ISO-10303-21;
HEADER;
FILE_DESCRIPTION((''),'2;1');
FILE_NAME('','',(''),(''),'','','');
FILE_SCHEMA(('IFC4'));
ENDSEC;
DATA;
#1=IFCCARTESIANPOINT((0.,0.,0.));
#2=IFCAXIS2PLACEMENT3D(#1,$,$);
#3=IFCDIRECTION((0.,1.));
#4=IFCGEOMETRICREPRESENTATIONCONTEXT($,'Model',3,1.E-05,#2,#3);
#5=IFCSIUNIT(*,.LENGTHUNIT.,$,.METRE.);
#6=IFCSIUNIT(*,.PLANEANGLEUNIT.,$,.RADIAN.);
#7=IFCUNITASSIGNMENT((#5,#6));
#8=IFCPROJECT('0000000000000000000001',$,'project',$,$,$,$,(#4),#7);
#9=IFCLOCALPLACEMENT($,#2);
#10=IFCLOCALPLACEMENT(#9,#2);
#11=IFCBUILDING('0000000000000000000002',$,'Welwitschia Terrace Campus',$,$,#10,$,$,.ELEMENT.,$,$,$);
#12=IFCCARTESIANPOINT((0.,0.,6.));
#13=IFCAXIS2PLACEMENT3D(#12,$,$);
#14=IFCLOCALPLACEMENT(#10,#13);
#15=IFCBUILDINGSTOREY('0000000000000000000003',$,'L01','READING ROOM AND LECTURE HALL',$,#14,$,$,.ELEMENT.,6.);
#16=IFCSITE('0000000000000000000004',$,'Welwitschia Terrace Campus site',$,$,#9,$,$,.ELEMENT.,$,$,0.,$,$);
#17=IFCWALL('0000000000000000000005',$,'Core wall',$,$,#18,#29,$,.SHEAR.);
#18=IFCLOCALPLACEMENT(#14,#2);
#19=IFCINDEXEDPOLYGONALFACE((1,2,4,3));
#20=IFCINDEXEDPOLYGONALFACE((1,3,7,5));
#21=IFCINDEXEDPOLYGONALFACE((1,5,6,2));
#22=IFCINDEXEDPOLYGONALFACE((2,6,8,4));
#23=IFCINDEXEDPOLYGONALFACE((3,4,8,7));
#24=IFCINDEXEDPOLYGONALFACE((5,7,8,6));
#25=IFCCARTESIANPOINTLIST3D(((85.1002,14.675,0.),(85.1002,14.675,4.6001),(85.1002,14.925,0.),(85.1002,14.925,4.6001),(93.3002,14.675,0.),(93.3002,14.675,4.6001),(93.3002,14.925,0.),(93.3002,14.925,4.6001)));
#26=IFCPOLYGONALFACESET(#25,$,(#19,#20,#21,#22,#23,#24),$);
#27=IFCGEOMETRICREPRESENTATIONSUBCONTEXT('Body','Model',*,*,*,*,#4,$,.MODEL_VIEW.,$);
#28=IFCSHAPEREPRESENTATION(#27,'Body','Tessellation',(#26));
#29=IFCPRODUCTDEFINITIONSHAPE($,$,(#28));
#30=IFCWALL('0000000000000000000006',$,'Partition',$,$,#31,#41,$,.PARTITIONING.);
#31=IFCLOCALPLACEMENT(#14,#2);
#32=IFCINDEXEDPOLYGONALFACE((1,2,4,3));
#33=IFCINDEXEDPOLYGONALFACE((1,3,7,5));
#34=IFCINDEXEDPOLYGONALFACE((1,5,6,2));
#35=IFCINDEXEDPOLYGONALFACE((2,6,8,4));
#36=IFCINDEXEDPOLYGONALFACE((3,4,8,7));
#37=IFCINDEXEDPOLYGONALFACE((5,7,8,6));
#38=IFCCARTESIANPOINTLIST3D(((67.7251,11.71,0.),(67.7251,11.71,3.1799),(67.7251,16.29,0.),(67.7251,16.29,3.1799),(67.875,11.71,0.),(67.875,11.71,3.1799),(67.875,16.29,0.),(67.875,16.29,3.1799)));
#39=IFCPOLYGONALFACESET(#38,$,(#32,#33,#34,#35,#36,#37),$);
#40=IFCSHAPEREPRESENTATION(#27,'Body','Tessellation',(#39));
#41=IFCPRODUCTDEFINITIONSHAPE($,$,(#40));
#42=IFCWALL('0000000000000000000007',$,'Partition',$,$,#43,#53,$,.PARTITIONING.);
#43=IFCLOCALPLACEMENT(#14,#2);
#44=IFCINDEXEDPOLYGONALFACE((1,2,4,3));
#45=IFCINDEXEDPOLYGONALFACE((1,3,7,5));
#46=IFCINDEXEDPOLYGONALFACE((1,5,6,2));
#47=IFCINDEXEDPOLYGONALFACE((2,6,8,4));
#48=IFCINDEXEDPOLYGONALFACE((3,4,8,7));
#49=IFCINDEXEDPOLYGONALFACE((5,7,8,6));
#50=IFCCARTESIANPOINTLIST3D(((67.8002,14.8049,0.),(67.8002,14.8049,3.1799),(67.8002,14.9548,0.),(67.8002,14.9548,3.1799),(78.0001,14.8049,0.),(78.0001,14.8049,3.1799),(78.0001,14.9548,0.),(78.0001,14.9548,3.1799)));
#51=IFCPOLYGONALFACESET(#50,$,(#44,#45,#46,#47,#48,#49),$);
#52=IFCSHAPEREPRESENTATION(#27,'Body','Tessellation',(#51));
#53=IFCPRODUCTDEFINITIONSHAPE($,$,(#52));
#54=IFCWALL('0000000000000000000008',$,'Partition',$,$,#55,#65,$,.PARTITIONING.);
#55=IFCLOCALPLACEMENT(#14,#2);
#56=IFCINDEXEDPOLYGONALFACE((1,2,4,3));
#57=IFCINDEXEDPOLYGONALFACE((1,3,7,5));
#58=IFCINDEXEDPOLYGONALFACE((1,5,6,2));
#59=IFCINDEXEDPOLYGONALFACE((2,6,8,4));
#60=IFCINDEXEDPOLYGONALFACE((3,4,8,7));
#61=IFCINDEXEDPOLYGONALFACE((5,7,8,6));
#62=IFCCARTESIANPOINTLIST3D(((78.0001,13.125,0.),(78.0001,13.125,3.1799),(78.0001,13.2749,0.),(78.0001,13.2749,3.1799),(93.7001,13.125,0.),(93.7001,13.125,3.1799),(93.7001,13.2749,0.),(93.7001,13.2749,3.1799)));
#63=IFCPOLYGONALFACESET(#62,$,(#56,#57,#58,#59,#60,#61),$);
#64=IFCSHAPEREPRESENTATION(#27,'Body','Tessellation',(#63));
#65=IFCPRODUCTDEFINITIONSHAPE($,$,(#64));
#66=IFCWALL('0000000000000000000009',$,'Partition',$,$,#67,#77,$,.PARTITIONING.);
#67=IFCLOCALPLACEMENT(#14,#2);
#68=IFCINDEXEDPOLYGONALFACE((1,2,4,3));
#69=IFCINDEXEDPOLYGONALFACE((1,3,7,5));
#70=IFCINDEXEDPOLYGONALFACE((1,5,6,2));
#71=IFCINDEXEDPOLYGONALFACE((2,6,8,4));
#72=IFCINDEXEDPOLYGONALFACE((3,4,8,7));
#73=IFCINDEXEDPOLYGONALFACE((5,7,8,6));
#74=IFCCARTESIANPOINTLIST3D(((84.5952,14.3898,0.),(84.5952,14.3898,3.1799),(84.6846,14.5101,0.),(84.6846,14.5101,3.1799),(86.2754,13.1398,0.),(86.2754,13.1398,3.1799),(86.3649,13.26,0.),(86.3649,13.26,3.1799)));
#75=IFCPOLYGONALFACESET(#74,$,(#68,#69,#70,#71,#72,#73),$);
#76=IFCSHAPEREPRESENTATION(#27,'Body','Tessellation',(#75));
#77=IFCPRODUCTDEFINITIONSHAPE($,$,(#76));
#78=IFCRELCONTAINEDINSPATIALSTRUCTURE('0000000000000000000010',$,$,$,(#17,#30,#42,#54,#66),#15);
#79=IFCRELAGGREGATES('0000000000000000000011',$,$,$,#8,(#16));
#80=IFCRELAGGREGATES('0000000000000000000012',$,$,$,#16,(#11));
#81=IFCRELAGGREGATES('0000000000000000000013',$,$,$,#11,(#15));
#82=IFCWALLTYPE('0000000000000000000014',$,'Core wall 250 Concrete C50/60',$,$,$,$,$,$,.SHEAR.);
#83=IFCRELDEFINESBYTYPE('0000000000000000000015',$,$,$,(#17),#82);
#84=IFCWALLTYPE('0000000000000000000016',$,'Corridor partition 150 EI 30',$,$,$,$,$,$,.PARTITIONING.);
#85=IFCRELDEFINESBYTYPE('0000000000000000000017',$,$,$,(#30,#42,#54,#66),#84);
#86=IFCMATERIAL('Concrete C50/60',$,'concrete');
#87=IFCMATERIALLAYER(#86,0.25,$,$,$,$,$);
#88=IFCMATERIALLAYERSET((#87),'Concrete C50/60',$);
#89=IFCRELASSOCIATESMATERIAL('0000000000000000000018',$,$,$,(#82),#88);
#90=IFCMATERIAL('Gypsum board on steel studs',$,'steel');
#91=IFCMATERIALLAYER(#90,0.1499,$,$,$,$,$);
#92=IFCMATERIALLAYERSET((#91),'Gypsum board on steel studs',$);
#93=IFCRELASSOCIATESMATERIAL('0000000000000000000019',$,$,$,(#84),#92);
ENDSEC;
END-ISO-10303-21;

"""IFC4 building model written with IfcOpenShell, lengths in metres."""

from ifc_helpers import new_model, si_unit, direction, frame, frame_2d, origin, place, context, subcontext, project, spatial, rectangle, extrude, material, layer, layer_set, type_object, element, save


model = new_model("IFC4")

# Units and contexts
model_context = context("Model", 3, precision=1e-05, world=origin(), true_north=direction((0.0, 1.0)))
body_context = subcontext(model_context, "Body", "Model", "MODEL_VIEW")
ifc_project = project(units=[si_unit("LENGTHUNIT", "METRE"), si_unit("PLANEANGLEUNIT", "RADIAN")], contexts=[model_context])

# Site, building, storey
site_placement = place(None, origin())
site = spatial("IfcSite", under=ifc_project, at=site_placement, Name="Welwitschia Terrace Campus site", CompositionType="ELEMENT", RefElevation=0.0)
building_placement = place(site_placement, origin())
building = spatial("IfcBuilding", under=site, at=building_placement, Name="Welwitschia Terrace Campus", CompositionType="ELEMENT")
storey_placement = place(building_placement, frame((0.0, 0.0, 6.0)))
storey = spatial("IfcBuildingStorey", under=building, at=storey_placement, Name="L01", Description="READING ROOM AND LECTURE HALL", CompositionType="ELEMENT", Elevation=6.0)

# Walls
ifc_material_1 = material(Name="Concrete C50/60", Category="concrete")
ifc_layer_1 = layer(ifc_material_1, 0.25)
ifc_layer_set_1 = layer_set([ifc_layer_1], Name="Concrete C50/60")
wall_type_1 = type_object("IfcWallType", Name="Core wall 250 Concrete C50/60", PredefinedType="SHEAR", material=ifc_layer_set_1)
wall_1_placement = place(storey_placement, frame((85.1001, 14.8, 0.0), z_axis=(0.0, 0.0, 1.0), x_axis=(1.0, 0.0, 0.0)))
element("IfcWall", 1, at=wall_1_placement, inside=storey, type_object=wall_type_1, Name="Core wall", PredefinedType="SHEAR", context=body_context, shape_type="SweptSolid", body=[
    extrude(rectangle(XDim=8.2, YDim=0.25, at=frame_2d((4.1001, 0.0))), origin(), (0.0, 0.0, 1.0), 4.6001),
])
ifc_material_2 = material(Name="Gypsum board on steel studs", Category="steel")
ifc_layer_2 = layer(ifc_material_2, 0.1499)
ifc_layer_set_2 = layer_set([ifc_layer_2], Name="Gypsum board on steel studs")
wall_type_2 = type_object("IfcWallType", Name="Corridor partition 150 EI 30", PredefinedType="PARTITIONING", material=ifc_layer_set_2)
wall_2_placement = place(storey_placement, frame((67.8, 11.71, 0.0), z_axis=(0.0, 0.0, 1.0), x_axis=(0.0, 1.0, 0.0)))
element("IfcWall", 2, at=wall_2_placement, inside=storey, type_object=wall_type_2, Name="Partition", PredefinedType="PARTITIONING", context=body_context, shape_type="SweptSolid", body=[
    extrude(rectangle(XDim=4.5801, YDim=0.1499, at=frame_2d((2.29, 0.0))), origin(), (0.0, 0.0, 1.0), 3.1799),
])
wall_3_placement = place(storey_placement, frame((67.8, 14.8799, 0.0), z_axis=(0.0, 0.0, 1.0), x_axis=(1.0, 0.0, 0.0)))
element("IfcWall", 3, at=wall_3_placement, inside=storey, type_object=wall_type_2, Name="Partition", PredefinedType="PARTITIONING", context=body_context, shape_type="SweptSolid", body=[
    extrude(rectangle(XDim=10.2, YDim=0.1499, at=frame_2d((5.1001, 0.0))), origin(), (0.0, 0.0, 1.0), 3.1799),
])
wall_4_placement = place(storey_placement, frame((78.0, 13.2, 0.0), z_axis=(0.0, 0.0, 1.0), x_axis=(1.0, 0.0, 0.0)))
element("IfcWall", 4, at=wall_4_placement, inside=storey, type_object=wall_type_2, Name="Partition", PredefinedType="PARTITIONING", context=body_context, shape_type="SweptSolid", body=[
    extrude(rectangle(XDim=15.7, YDim=0.1499, at=frame_2d((7.8501, 0.0))), origin(), (0.0, 0.0, 1.0), 3.1799),
])
wall_5_placement = place(storey_placement, frame((84.6399, 14.45, 0.0), z_axis=(0.0, 0.0, 1.0), x_axis=(0.802316, -0.596899, 0.0)))
element("IfcWall", 5, at=wall_5_placement, inside=storey, type_object=wall_type_2, Name="Partition", PredefinedType="PARTITIONING", context=body_context, shape_type="SweptSolid", body=[
    extrude(rectangle(XDim=2.0942, YDim=0.1499, at=frame_2d((1.0471, 0.0))), origin(), (0.0, 0.0, 1.0), 3.1799),
])

save(model, "model.ifc")
